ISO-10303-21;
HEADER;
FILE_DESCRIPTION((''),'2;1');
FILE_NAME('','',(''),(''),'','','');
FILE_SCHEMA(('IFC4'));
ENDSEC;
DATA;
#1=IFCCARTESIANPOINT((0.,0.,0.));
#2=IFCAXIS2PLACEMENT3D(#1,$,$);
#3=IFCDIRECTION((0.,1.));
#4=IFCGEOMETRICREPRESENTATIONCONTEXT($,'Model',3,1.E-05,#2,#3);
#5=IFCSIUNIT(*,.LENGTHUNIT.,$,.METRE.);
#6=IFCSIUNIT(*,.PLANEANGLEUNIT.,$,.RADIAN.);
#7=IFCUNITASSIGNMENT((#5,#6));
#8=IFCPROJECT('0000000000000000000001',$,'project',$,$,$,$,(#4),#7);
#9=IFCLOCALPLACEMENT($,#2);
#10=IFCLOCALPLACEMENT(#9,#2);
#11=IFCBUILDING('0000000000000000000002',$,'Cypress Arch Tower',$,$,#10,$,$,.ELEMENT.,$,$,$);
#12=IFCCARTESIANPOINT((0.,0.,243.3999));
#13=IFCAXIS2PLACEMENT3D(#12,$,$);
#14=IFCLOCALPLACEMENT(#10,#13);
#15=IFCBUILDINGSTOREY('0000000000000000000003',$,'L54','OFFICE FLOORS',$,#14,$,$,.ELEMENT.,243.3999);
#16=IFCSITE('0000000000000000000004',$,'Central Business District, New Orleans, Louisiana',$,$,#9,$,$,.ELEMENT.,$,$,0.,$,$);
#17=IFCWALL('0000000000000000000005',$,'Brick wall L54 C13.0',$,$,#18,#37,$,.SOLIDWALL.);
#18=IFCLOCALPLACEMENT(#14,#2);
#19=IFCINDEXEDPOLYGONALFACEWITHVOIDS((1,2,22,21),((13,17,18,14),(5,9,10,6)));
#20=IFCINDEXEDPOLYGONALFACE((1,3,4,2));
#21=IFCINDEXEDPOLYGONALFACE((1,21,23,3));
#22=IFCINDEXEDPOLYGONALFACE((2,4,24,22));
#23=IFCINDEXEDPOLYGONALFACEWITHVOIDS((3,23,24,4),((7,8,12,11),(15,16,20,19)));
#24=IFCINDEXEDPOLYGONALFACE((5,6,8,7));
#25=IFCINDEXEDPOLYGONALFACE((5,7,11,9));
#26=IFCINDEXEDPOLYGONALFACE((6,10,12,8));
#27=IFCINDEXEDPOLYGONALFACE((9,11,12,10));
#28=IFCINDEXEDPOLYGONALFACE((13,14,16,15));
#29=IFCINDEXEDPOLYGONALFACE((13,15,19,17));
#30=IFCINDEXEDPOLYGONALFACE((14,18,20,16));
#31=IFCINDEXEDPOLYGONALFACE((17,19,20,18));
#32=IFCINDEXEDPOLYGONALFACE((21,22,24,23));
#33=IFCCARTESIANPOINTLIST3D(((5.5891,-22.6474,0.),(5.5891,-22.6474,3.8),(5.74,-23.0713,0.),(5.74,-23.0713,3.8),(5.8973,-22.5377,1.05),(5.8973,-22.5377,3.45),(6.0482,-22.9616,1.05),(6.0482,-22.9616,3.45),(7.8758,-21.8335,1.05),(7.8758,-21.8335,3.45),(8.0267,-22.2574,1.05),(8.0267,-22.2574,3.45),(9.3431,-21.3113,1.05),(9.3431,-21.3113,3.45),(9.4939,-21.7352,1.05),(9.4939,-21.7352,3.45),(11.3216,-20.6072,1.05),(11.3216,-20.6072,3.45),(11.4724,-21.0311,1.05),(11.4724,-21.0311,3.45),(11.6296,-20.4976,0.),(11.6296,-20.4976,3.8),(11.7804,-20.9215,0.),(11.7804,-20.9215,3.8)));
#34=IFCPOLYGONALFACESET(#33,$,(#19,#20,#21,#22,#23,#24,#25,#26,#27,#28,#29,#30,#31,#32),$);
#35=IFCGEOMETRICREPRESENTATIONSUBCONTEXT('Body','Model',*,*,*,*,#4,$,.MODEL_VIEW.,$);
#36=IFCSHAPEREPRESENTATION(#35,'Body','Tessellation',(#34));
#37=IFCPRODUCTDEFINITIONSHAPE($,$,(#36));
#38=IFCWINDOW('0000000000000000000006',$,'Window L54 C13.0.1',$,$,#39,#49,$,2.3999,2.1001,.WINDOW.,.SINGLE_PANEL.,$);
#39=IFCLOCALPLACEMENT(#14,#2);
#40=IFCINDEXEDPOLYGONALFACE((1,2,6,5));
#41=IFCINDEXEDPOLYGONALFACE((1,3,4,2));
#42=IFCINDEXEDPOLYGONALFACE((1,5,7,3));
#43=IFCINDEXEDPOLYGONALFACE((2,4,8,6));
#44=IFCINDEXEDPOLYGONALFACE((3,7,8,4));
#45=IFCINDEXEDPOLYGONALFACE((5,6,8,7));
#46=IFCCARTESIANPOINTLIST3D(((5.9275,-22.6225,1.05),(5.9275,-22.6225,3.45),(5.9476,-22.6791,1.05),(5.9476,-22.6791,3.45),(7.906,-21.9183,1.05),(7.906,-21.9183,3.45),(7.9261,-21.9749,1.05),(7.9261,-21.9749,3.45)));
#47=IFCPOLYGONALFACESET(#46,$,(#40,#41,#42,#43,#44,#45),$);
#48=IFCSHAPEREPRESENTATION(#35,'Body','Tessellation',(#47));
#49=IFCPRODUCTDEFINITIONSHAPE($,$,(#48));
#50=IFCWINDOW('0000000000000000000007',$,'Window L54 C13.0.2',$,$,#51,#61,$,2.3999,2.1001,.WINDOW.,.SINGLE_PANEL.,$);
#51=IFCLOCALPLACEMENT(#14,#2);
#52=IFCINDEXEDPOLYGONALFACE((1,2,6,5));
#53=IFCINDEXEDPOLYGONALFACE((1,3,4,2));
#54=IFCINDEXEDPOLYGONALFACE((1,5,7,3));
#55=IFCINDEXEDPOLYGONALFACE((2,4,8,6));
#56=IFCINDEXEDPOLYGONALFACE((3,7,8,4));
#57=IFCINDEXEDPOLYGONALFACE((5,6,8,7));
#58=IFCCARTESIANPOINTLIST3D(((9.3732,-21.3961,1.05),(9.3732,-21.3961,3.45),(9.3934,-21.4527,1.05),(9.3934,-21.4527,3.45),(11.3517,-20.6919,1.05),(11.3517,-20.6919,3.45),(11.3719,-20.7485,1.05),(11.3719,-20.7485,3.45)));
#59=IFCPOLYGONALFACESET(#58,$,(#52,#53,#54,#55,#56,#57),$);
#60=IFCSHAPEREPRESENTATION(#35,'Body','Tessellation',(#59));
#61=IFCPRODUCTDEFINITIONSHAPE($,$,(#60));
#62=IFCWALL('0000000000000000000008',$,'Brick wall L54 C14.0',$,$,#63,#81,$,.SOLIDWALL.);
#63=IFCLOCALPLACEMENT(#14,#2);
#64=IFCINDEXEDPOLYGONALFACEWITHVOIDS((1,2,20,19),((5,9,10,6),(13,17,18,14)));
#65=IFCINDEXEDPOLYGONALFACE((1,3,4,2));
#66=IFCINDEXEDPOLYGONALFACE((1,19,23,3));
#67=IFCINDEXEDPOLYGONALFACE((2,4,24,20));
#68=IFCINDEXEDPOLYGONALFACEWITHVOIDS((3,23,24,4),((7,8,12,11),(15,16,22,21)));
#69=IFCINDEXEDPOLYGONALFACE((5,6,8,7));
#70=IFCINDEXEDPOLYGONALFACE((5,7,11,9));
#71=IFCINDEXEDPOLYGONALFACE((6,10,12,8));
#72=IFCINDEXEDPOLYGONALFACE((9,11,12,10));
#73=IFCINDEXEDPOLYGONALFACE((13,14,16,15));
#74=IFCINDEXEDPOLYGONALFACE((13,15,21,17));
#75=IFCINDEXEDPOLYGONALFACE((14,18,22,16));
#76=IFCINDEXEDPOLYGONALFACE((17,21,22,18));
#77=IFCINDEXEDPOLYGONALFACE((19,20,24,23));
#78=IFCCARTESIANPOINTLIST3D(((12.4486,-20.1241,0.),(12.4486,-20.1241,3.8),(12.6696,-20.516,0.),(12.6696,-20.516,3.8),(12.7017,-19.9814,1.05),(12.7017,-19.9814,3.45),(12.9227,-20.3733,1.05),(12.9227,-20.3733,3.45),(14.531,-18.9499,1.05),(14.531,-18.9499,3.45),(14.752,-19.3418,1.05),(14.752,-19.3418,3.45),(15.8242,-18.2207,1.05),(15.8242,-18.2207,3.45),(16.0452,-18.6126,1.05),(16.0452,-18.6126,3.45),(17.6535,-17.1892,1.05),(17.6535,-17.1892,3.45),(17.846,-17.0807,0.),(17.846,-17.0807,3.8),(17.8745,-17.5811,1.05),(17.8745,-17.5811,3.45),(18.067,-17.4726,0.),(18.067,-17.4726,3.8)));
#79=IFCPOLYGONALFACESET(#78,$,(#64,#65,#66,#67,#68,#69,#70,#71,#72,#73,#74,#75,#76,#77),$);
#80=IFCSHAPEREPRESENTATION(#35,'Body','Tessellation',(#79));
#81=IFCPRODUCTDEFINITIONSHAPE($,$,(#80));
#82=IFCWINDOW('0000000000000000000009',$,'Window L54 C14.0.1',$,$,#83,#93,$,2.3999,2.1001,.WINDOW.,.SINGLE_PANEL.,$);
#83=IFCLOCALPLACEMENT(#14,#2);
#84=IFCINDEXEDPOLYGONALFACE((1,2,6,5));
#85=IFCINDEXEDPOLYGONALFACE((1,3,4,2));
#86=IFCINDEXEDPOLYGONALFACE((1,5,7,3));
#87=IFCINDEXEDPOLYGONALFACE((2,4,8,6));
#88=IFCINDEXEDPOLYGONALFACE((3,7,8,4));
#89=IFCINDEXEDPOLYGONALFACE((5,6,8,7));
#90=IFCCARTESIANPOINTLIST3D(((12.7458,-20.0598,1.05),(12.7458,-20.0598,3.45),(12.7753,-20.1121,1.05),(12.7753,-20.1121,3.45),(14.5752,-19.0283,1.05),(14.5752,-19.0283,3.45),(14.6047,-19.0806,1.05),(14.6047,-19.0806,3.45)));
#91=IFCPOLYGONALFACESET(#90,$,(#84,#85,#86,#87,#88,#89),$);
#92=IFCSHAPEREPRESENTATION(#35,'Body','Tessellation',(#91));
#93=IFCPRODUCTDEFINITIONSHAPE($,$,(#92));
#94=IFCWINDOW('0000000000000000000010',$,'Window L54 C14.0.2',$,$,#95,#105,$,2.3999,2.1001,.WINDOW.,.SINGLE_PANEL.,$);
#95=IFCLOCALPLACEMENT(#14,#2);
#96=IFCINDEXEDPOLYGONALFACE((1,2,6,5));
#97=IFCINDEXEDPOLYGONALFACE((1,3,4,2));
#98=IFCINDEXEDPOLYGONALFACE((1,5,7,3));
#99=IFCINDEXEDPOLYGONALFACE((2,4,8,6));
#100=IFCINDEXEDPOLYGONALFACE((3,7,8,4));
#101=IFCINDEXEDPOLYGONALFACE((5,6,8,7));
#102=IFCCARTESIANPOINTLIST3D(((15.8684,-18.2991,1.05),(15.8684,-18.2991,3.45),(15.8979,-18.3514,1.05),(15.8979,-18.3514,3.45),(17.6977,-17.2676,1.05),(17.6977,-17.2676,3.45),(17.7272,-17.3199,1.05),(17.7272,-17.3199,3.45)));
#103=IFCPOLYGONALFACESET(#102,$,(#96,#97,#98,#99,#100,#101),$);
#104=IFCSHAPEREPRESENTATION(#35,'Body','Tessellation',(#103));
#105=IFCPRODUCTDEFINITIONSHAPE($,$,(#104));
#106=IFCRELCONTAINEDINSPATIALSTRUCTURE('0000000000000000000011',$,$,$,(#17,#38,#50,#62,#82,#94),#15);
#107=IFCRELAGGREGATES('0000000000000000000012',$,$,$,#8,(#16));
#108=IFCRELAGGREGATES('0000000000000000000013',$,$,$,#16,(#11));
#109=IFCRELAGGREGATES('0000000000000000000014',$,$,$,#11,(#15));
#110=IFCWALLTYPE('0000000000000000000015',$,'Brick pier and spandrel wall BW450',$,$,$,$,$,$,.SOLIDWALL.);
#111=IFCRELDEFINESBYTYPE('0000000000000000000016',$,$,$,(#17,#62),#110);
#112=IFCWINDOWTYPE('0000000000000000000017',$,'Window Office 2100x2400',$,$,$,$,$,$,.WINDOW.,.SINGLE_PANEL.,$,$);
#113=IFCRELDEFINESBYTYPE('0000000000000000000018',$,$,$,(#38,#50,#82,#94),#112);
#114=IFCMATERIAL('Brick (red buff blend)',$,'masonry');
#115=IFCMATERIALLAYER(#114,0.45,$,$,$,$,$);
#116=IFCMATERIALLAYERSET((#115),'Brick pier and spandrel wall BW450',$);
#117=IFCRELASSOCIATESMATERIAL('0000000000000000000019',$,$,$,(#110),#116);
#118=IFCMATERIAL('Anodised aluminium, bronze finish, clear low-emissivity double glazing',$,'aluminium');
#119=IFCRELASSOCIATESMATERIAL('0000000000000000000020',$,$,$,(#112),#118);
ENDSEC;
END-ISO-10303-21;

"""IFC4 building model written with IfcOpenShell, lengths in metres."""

from ifc_helpers import new_model, si_unit, direction, frame, frame_2d, origin, place, context, subcontext, project, spatial, rectangle, extrude, material, layer, layer_set, type_object, element, fill, save


model = new_model("IFC4")

# Units and contexts
model_context = context("Model", 3, precision=1e-05, world=origin(), true_north=direction((0.0, 1.0)))
body_context = subcontext(model_context, "Body", "Model", "MODEL_VIEW")
ifc_project = project(units=[si_unit("LENGTHUNIT", "METRE"), si_unit("PLANEANGLEUNIT", "RADIAN")], contexts=[model_context])

# Site, building, storey
site_placement = place(None, origin())
site = spatial("IfcSite", under=ifc_project, at=site_placement, Name="Central Business District, New Orleans, Louisiana", CompositionType="ELEMENT", RefElevation=0.0)
building_placement = place(site_placement, origin())
building = spatial("IfcBuilding", under=site, at=building_placement, Name="Cypress Arch Tower", CompositionType="ELEMENT")
storey_placement = place(building_placement, frame((0.0, 0.0, 243.3999)))
storey = spatial("IfcBuildingStorey", under=building, at=storey_placement, Name="L54", Description="OFFICE FLOORS", CompositionType="ELEMENT", Elevation=243.3999)

# Walls, openings, windows
ifc_material_1 = material(Name="Brick (red buff blend)", Category="masonry")
ifc_layer_1 = layer(ifc_material_1, 0.45)
ifc_layer_set_1 = layer_set([ifc_layer_1], Name="Brick pier and spandrel wall BW450")
wall_type_1 = type_object("IfcWallType", Name="Brick pier and spandrel wall BW450", PredefinedType="SOLIDWALL", material=ifc_layer_set_1)
wall_1_placement = place(storey_placement, frame((5.6646, -22.8594, 0.0), z_axis=(0.0, 0.0, 1.0), x_axis=(0.942108, 0.335309, 0.0)))
wall_1 = element("IfcWall", 1, at=wall_1_placement, inside=storey, type_object=wall_type_1, Name="Brick wall L54 C13.0", PredefinedType="SOLIDWALL", context=body_context, shape_type="SweptSolid", body=[
    extrude(rectangle(XDim=6.4116, YDim=0.45, at=frame_2d((3.2058, 0.0))), origin(), (0.0, 0.0, 1.0), 3.8),
])
opening_1_placement = place(wall_1_placement, frame((0.3271, 0.0, 1.05)))
opening_1 = element("IfcOpeningElement", 2, at=opening_1_placement, cuts=wall_1, PredefinedType="OPENING", context=body_context, shape_type="SweptSolid", body=[
    extrude(rectangle(XDim=2.1001, YDim=2.3999, at=frame_2d((1.05, 1.2))), frame((0.0, 0.2349, 0.0), z_axis=(0.0, -1.0, 0.0), x_axis=(1.0, 0.0, 0.0)), (0.0, 0.0, 1.0), 0.47),
])
opening_2_placement = place(wall_1_placement, frame((3.9846, 0.0, 1.05)))
opening_2 = element("IfcOpeningElement", 3, at=opening_2_placement, cuts=wall_1, PredefinedType="OPENING", context=body_context, shape_type="SweptSolid", body=[
    extrude(rectangle(XDim=2.1001, YDim=2.3999, at=frame_2d((1.05, 1.2))), frame((0.0, 0.2349, 0.0), z_axis=(0.0, -1.0, 0.0), x_axis=(1.0, 0.0, 0.0)), (0.0, 0.0, 1.0), 0.47),
])
ifc_material_2 = material(Name="Anodised aluminium, bronze finish, clear low-emissivity double glazing", Category="aluminium")
window_type = type_object("IfcWindowType", Name="Window Office 2100x2400", PartitioningType="SINGLE_PANEL", PredefinedType="WINDOW", material=ifc_material_2)
window_1_placement = place(opening_1_placement, origin())
window_1 = element("IfcWindow", 4, at=window_1_placement, inside=storey, type_object=window_type, Name="Window L54 C13.0.1", OverallHeight=2.3999, OverallWidth=2.1001, PartitioningType="SINGLE_PANEL", PredefinedType="WINDOW", context=body_context, shape_type="SweptSolid", body=[
    extrude(rectangle(XDim=2.1001, YDim=2.3999, at=frame_2d((1.05, 1.2))), frame((0.0, 0.135, 0.0), z_axis=(0.0, -1.0, 0.0), x_axis=(1.0, 0.0, 0.0)), (0.0, 0.0, 1.0), 0.0601),
])
fill(opening_1, window_1)
window_2_placement = place(opening_2_placement, origin())
window_2 = element("IfcWindow", 5, at=window_2_placement, inside=storey, type_object=window_type, Name="Window L54 C13.0.2", OverallHeight=2.3999, OverallWidth=2.1001, PartitioningType="SINGLE_PANEL", PredefinedType="WINDOW", context=body_context, shape_type="SweptSolid", body=[
    extrude(rectangle(XDim=2.1001, YDim=2.3999, at=frame_2d((1.05, 1.2))), frame((0.0, 0.135, 0.0), z_axis=(0.0, -1.0, 0.0), x_axis=(1.0, 0.0, 0.0)), (0.0, 0.0, 1.0), 0.0601),
])
fill(opening_2, window_2)
wall_2_placement = place(storey_placement, frame((12.5591, -20.3201, 0.0), z_axis=(0.0, 0.0, 1.0), x_axis=(0.871066, 0.491166, 0.0)))
wall_2 = element("IfcWall", 6, at=wall_2_placement, inside=storey, type_object=wall_type_1, Name="Brick wall L54 C14.0", PredefinedType="SOLIDWALL", context=body_context, shape_type="SweptSolid", body=[
    extrude(rectangle(XDim=6.1963, YDim=0.45, at=frame_2d((3.0981, 0.0))), origin(), (0.0, 0.0, 1.0), 3.8),
])
opening_3_placement = place(wall_2_placement, frame((0.2905, 0.0, 1.05)))
opening_3 = element("IfcOpeningElement", 7, at=opening_3_placement, cuts=wall_2, PredefinedType="OPENING", context=body_context, shape_type="SweptSolid", body=[
    extrude(rectangle(XDim=2.1001, YDim=2.3999, at=frame_2d((1.05, 1.2))), frame((0.0, 0.2349, 0.0), z_axis=(0.0, -1.0, 0.0), x_axis=(1.0, 0.0, 0.0)), (0.0, 0.0, 1.0), 0.47),
])
opening_4_placement = place(wall_2_placement, frame((3.8752, 0.0, 1.05)))
opening_4 = element("IfcOpeningElement", 8, at=opening_4_placement, cuts=wall_2, PredefinedType="OPENING", context=body_context, shape_type="SweptSolid", body=[
    extrude(rectangle(XDim=2.1001, YDim=2.3999, at=frame_2d((1.05, 1.2))), frame((0.0, 0.2349, 0.0), z_axis=(0.0, -1.0, 0.0), x_axis=(1.0, 0.0, 0.0)), (0.0, 0.0, 1.0), 0.47),
])
window_3_placement = place(opening_3_placement, origin())
window_3 = element("IfcWindow", 9, at=window_3_placement, inside=storey, type_object=window_type, Name="Window L54 C14.0.1", OverallHeight=2.3999, OverallWidth=2.1001, PartitioningType="SINGLE_PANEL", PredefinedType="WINDOW", context=body_context, shape_type="SweptSolid", body=[
    extrude(rectangle(XDim=2.1001, YDim=2.3999, at=frame_2d((1.05, 1.2))), frame((0.0, 0.135, 0.0), z_axis=(0.0, -1.0, 0.0), x_axis=(1.0, 0.0, 0.0)), (0.0, 0.0, 1.0), 0.0601),
])
fill(opening_3, window_3)
window_4_placement = place(opening_4_placement, origin())
window_4 = element("IfcWindow", 10, at=window_4_placement, inside=storey, type_object=window_type, Name="Window L54 C14.0.2", OverallHeight=2.3999, OverallWidth=2.1001, PartitioningType="SINGLE_PANEL", PredefinedType="WINDOW", context=body_context, shape_type="SweptSolid", body=[
    extrude(rectangle(XDim=2.1001, YDim=2.3999, at=frame_2d((1.05, 1.2))), frame((0.0, 0.135, 0.0), z_axis=(0.0, -1.0, 0.0), x_axis=(1.0, 0.0, 0.0)), (0.0, 0.0, 1.0), 0.0601),
])
fill(opening_4, window_4)

save(model, "model.ifc")
